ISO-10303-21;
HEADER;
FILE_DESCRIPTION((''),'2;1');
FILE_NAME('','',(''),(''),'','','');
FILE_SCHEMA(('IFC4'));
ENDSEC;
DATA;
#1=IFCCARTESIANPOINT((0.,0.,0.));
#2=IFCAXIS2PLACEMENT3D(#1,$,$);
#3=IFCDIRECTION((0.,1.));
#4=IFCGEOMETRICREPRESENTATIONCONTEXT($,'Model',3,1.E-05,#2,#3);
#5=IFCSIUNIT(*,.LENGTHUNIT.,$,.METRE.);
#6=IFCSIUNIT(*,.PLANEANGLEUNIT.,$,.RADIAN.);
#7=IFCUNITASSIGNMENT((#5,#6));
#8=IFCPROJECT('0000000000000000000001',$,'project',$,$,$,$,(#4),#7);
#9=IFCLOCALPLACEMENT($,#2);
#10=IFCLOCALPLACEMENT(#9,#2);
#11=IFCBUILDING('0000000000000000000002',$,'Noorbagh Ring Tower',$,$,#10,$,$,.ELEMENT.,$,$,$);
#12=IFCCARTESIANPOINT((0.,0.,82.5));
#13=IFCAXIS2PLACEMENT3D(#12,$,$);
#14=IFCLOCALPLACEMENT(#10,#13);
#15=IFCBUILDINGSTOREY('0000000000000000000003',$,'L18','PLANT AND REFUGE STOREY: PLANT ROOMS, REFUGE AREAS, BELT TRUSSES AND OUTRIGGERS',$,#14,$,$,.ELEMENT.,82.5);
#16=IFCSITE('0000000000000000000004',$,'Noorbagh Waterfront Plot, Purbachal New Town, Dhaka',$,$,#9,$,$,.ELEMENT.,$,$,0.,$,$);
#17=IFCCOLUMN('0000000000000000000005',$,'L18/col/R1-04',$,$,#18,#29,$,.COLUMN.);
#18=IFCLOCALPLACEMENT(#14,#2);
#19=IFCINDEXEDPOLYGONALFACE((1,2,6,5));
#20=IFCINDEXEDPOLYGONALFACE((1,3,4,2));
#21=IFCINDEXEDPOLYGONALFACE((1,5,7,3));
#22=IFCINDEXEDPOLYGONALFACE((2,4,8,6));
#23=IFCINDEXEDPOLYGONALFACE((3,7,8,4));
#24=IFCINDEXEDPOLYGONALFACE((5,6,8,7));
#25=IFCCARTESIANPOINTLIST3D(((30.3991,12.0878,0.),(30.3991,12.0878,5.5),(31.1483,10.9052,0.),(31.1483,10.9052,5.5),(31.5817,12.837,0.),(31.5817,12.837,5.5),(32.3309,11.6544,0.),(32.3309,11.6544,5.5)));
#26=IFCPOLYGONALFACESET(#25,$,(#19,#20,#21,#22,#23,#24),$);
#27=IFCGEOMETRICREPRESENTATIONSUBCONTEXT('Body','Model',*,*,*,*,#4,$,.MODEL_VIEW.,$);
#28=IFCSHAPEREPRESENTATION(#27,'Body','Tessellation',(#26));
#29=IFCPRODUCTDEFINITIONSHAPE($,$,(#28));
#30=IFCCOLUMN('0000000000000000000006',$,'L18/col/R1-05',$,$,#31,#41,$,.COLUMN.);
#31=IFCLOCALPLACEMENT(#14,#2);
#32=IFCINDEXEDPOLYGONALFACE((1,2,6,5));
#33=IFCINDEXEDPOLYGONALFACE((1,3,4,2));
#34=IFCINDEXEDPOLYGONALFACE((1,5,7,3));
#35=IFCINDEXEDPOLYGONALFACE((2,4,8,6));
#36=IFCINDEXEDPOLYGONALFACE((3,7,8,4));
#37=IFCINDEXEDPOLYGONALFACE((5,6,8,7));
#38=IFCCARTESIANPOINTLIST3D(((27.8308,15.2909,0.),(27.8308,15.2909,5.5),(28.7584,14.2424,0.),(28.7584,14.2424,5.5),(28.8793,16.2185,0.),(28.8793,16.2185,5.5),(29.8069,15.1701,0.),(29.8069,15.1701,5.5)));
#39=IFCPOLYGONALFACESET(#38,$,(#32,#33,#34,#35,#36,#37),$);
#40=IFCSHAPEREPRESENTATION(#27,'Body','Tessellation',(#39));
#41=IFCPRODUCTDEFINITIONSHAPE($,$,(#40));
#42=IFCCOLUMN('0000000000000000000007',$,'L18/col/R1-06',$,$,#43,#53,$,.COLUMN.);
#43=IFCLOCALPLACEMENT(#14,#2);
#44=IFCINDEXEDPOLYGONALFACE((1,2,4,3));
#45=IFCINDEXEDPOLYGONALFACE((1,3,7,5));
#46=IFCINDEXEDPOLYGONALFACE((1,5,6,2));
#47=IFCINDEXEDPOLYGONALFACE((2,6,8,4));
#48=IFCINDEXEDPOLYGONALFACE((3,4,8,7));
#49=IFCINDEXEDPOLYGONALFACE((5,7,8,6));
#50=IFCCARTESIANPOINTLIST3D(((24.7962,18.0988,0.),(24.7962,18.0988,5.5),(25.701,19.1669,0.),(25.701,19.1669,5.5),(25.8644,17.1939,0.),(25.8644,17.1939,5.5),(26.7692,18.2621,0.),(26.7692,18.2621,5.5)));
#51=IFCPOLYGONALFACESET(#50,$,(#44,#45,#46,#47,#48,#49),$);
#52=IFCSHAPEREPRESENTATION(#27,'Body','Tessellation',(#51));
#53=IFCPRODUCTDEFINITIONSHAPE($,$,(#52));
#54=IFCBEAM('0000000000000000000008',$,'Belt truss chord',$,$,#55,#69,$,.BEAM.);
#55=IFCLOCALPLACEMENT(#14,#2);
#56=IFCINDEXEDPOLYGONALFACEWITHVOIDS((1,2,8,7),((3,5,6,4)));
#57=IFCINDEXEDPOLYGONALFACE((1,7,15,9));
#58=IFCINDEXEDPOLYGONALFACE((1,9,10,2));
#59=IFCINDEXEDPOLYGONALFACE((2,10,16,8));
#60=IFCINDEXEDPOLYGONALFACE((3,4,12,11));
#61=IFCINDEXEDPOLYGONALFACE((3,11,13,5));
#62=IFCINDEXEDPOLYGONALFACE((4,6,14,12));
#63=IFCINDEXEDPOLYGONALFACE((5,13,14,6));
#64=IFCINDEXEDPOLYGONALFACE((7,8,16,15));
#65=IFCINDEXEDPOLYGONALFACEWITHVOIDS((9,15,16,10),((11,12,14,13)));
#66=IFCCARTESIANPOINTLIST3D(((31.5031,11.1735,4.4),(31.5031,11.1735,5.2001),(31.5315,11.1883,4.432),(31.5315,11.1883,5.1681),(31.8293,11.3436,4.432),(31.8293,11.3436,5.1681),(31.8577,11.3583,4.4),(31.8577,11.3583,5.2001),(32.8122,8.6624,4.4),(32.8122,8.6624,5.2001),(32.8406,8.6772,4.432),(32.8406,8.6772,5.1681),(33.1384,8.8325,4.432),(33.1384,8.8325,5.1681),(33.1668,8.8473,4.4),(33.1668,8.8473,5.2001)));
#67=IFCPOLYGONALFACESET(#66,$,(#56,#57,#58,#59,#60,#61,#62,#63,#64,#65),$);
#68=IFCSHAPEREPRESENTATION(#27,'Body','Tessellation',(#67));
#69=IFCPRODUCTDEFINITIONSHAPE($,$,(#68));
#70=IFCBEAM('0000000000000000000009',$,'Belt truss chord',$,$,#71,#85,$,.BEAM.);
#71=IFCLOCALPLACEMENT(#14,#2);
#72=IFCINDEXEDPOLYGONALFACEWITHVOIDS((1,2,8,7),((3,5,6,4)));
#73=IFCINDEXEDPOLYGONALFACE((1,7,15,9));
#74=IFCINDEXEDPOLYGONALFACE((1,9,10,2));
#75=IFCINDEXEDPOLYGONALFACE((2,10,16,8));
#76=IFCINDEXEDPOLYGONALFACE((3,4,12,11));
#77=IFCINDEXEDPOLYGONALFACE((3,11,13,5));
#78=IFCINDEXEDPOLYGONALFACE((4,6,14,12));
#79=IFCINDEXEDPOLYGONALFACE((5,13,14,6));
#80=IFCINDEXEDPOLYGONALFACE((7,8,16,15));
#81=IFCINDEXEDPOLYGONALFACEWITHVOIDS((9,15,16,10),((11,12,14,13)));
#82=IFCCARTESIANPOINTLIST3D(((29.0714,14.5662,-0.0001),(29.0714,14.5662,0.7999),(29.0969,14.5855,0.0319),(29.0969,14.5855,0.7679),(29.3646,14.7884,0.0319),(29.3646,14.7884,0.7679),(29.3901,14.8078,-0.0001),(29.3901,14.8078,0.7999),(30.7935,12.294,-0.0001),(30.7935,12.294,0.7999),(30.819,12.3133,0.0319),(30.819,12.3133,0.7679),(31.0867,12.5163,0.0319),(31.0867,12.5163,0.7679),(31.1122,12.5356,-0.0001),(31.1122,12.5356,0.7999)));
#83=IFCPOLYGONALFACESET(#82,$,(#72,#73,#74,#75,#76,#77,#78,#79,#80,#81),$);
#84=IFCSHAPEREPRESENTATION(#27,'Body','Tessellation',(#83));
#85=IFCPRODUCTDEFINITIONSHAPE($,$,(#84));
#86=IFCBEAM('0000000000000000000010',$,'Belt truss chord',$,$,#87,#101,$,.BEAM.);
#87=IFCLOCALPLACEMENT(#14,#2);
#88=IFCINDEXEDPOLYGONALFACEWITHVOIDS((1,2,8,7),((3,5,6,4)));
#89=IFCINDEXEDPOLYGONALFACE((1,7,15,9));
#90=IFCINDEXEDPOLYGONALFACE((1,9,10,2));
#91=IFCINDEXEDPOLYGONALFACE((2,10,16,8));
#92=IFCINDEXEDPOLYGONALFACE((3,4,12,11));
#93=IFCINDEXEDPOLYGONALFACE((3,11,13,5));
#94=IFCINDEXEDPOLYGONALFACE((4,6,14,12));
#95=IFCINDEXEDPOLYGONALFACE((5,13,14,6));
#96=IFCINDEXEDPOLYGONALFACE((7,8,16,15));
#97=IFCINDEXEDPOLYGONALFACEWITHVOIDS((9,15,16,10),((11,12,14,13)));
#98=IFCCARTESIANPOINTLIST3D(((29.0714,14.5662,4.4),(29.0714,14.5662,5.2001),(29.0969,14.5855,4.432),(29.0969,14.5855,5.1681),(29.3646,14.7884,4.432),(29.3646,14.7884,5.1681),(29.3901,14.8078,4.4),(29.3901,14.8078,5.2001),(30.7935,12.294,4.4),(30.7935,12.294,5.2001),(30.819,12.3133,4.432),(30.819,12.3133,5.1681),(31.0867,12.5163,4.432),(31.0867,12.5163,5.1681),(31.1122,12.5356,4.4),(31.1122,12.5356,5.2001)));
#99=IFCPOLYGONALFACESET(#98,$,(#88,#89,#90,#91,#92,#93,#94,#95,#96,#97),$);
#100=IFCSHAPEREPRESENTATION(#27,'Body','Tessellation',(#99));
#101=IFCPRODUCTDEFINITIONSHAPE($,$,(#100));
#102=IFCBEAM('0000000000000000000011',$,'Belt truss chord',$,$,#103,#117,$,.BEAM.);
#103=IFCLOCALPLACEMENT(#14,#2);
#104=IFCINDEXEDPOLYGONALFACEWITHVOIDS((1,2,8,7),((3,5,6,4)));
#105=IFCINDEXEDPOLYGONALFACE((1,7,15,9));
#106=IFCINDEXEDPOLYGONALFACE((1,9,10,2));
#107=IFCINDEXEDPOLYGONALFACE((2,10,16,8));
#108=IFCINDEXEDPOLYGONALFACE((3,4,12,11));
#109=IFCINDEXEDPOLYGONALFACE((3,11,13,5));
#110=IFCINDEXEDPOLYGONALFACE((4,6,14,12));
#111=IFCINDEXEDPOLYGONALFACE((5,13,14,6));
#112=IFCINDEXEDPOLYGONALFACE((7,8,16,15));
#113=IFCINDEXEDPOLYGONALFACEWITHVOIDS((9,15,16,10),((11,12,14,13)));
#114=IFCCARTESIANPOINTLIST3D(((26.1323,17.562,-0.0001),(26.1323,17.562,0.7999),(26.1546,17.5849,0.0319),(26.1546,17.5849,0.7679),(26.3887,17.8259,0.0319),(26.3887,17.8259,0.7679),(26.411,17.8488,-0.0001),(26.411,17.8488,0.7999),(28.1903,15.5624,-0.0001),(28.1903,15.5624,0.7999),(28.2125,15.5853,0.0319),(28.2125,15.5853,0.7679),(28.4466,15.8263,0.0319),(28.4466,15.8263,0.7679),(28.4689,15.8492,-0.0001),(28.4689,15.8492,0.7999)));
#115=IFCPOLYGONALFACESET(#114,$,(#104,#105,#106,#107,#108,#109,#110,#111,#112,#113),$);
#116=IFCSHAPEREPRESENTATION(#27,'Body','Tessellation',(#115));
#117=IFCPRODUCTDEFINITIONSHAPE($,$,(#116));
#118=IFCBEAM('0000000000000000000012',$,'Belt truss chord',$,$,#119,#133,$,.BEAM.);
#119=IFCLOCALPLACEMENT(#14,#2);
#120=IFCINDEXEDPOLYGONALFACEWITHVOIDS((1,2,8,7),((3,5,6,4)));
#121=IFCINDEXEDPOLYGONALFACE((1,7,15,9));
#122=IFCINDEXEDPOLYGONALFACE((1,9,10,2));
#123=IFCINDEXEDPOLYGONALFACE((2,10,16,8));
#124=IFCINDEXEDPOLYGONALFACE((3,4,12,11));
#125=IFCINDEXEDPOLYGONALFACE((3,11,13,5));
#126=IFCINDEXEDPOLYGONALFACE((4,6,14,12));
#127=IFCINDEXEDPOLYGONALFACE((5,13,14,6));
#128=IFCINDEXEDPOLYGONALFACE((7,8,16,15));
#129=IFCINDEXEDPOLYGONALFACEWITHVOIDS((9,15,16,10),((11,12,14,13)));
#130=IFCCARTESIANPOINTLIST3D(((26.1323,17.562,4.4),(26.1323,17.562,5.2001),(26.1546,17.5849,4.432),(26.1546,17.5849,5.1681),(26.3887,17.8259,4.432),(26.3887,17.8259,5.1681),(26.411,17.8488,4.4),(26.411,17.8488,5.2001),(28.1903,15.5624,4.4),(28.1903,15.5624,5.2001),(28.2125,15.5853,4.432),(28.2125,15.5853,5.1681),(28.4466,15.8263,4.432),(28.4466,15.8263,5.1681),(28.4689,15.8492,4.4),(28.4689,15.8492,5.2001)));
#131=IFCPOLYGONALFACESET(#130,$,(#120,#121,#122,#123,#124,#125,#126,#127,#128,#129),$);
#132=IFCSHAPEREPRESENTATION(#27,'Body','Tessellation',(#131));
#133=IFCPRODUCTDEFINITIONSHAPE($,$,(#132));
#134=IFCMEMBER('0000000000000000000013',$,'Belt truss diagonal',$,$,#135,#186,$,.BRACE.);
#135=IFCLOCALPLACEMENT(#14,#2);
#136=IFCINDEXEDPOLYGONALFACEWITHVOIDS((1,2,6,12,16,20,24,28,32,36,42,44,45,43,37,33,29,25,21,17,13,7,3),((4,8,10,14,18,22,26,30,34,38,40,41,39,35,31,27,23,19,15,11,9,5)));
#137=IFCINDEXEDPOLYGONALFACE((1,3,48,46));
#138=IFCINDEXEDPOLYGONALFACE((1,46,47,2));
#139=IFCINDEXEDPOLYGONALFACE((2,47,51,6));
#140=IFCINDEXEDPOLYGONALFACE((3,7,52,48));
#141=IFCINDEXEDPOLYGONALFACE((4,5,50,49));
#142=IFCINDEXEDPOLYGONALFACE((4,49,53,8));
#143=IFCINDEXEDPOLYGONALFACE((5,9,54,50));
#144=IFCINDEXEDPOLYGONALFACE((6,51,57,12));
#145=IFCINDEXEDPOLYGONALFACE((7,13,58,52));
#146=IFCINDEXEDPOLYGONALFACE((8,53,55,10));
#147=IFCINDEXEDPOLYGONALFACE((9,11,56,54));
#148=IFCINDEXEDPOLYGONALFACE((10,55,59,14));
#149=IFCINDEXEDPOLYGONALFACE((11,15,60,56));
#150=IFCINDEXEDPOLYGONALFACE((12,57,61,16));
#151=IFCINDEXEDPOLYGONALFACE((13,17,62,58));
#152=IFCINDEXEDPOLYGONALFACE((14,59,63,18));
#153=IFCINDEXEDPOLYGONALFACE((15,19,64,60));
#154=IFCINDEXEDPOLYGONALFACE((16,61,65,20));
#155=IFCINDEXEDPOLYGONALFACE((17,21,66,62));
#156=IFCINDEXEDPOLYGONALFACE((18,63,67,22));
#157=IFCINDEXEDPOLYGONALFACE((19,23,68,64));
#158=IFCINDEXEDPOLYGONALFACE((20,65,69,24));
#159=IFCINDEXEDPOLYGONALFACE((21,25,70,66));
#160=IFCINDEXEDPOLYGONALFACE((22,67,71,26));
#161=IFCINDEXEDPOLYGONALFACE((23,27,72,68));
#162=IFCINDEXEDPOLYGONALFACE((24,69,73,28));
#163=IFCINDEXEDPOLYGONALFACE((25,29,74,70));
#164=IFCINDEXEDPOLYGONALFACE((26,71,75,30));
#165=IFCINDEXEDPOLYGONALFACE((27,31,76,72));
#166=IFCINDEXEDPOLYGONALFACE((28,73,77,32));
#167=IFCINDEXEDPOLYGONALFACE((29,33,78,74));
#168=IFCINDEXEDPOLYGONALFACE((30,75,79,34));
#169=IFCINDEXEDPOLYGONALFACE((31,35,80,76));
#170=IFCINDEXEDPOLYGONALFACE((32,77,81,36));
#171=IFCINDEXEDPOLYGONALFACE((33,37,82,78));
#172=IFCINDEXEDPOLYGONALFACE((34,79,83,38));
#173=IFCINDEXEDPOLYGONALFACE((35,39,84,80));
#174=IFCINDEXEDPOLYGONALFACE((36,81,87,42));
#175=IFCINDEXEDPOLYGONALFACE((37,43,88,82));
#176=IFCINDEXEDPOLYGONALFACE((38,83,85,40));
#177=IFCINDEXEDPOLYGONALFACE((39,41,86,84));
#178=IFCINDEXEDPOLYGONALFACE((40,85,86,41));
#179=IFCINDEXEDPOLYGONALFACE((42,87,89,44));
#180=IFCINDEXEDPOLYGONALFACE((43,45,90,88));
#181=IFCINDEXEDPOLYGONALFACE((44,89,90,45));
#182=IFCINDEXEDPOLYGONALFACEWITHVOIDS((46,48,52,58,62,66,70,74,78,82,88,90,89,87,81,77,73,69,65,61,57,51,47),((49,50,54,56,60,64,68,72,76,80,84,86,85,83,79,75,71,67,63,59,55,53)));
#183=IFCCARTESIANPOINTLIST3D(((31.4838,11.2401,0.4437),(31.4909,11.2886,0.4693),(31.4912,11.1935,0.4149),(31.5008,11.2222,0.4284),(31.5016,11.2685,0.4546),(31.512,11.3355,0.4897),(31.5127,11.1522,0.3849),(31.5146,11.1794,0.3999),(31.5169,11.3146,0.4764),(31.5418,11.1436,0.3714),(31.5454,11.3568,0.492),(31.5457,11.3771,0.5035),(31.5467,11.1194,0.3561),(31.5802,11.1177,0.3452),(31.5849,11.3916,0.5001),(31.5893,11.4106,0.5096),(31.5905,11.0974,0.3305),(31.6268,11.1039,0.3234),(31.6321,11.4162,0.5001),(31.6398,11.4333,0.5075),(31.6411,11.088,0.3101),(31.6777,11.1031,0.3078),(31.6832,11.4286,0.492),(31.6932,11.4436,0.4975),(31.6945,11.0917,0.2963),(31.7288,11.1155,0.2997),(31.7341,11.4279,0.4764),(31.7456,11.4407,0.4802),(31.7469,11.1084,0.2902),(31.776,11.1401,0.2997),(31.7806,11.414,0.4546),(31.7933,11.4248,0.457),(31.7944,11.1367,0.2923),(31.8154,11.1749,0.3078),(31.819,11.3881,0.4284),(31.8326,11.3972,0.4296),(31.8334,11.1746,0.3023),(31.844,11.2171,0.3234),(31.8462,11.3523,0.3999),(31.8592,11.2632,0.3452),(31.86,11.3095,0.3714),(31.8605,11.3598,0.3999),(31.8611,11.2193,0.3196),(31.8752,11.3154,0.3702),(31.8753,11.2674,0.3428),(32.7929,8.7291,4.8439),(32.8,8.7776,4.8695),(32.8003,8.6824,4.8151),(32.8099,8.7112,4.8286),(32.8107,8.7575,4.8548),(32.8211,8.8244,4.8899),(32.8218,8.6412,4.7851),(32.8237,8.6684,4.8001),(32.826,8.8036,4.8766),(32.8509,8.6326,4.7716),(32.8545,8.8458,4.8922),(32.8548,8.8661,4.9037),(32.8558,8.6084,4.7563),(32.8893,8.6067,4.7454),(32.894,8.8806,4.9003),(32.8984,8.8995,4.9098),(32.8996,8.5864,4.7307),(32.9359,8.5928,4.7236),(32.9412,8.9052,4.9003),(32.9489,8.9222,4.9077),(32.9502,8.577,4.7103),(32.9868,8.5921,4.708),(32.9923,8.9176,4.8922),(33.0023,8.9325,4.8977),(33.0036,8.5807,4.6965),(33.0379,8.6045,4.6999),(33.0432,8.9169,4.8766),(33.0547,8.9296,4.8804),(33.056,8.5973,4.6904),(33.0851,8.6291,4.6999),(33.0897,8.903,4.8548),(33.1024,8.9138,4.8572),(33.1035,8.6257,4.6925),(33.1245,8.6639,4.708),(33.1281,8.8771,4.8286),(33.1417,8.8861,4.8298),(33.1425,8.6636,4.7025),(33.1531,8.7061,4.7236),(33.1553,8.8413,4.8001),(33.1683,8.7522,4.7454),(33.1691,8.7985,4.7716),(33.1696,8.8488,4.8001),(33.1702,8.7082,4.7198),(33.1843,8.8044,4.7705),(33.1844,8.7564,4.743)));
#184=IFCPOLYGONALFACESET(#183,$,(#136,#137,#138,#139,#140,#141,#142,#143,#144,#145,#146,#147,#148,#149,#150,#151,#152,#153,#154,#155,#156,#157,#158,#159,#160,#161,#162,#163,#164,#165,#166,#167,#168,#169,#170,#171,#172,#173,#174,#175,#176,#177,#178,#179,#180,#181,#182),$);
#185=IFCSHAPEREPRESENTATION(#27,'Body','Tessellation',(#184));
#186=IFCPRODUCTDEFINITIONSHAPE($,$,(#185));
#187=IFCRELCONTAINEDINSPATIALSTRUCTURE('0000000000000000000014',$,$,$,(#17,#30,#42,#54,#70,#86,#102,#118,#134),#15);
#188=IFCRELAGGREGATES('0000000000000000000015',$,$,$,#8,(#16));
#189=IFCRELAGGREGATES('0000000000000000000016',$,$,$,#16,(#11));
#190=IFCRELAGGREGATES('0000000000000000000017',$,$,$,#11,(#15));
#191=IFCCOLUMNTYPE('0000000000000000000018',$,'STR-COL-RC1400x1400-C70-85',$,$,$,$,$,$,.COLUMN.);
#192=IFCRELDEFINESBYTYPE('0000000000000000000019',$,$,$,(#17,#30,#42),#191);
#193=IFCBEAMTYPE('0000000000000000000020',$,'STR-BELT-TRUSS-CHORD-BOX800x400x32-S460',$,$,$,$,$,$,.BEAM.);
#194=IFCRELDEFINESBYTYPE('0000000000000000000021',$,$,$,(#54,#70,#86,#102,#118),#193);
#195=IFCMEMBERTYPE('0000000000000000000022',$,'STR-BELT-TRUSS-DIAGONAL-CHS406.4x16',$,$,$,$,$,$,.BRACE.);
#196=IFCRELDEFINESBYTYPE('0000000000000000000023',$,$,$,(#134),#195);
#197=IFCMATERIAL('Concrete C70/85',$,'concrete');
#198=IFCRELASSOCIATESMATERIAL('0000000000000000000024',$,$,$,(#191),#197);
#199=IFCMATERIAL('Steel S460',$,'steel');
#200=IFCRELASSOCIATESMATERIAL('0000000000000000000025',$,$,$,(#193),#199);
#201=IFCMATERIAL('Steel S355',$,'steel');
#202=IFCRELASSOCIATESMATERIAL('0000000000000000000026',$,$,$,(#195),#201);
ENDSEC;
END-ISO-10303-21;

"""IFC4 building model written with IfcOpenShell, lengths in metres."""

from ifc_helpers import new_model, si_unit, direction, frame, origin, origin_2d, place, context, subcontext, project, spatial, rectangle, hollow_rectangle, hollow_circle, extrude, material, material_profile, profile_set, type_object, element, save


model = new_model("IFC4")

# Units and contexts
model_context = context("Model", 3, precision=1e-05, world=origin(), true_north=direction((0.0, 1.0)))
body_context = subcontext(model_context, "Body", "Model", "MODEL_VIEW")
ifc_project = project(units=[si_unit("LENGTHUNIT", "METRE"), si_unit("PLANEANGLEUNIT", "RADIAN")], contexts=[model_context])

# Site, building, storey
site_placement = place(None, origin())
site = spatial("IfcSite", under=ifc_project, at=site_placement, Name="Noorbagh Waterfront Plot, Purbachal New Town, Dhaka", CompositionType="ELEMENT", RefElevation=0.0)
building_placement = place(site_placement, origin())
building = spatial("IfcBuilding", under=site, at=building_placement, Name="Noorbagh Ring Tower", CompositionType="ELEMENT")
storey_placement = place(building_placement, frame((0.0, 0.0, 82.5)))
storey = spatial("IfcBuildingStorey", under=building, at=storey_placement, Name="L18", Description="PLANT AND REFUGE STOREY: PLANT ROOMS, REFUGE AREAS, BELT TRUSSES AND OUTRIGGERS", CompositionType="ELEMENT", Elevation=82.5)

# Columns
ifc_material_1 = material(Name="Concrete C70/85", Category="concrete")
ifc_material_profile_1 = material_profile(ifc_material_1, rectangle(XDim=1.3999, YDim=1.3999, at=origin_2d()), Name="RC1400x1400")
ifc_profile_set_1 = profile_set([ifc_material_profile_1], Name="Concrete C70/85")
column_type = type_object("IfcColumnType", Name="STR-COL-RC1400x1400-C70-85", PredefinedType="COLUMN", material=ifc_profile_set_1)
for number, where, z_axis, x_axis, name in (
    (1, (31.365, 11.8711, 0.0), (0.0, 0.0, 1.0), (-0.53519, 0.844731, 0.0), "L18/col/R1-04"),
    (2, (28.8188, 15.2305, 0.0), (0.0, 0.0, 1.0), (-0.662636, 0.748942, 0.0), "L18/col/R1-05"),
    (3, (25.7827, 18.1804, 0.0), (0.0, 0.0, 1.0), (-0.763035, 0.646357, 0.0), "L18/col/R1-06"),
):
    element("IfcColumn", number, at=place(storey_placement, frame(where, z_axis=z_axis, x_axis=x_axis)), inside=storey, type_object=column_type, Name=name, PredefinedType="COLUMN", context=body_context, shape_type="SweptSolid", body=[
        extrude(rectangle(XDim=1.3999, YDim=1.3999, at=origin_2d()), origin(), (0.0, 0.0, 1.0), 5.5),
    ])

# Beams
ifc_material_2 = material(Name="Steel S460", Category="steel")
ifc_material_profile_2 = material_profile(ifc_material_2, hollow_rectangle(XDim=0.3999, YDim=0.8, WallThickness=0.032, at=origin_2d()), Name="BOX800x400x32")
ifc_profile_set_2 = profile_set([ifc_material_profile_2], Name="Steel S460")
beam_type_1 = type_object("IfcBeamType", Name="STR-BELT-TRUSS-CHORD-BOX800x400x32-S460", PredefinedType="BEAM", material=ifc_profile_set_2)
beam_1_placement = place(storey_placement, frame((32.9895, 8.7549, 4.8), z_axis=(-0.462289, 0.886729, 0.0), x_axis=(-0.886729, -0.462289, 0.0)))
element("IfcBeam", 4, at=beam_1_placement, inside=storey, type_object=beam_type_1, Name="Belt truss chord", PredefinedType="BEAM", context=body_context, shape_type="SweptSolid", body=[
    extrude(hollow_rectangle(XDim=0.3999, YDim=0.8, WallThickness=0.032, at=origin_2d()), origin(), (0.0, 0.0, 1.0), 2.8318),
])
for number, where, z_axis, x_axis, name in (
    (5, (30.9529, 12.4148, 0.3999), (-0.604034, 0.796958, 0.0), (-0.796958, -0.604034, 0.0), "Belt truss chord"),
    (6, (30.9529, 12.4148, 4.8), (-0.604034, 0.796958, 0.0), (-0.796958, -0.604034, 0.0), "Belt truss chord"),
):
    element("IfcBeam", number, at=place(storey_placement, frame(where, z_axis=z_axis, x_axis=x_axis)), inside=storey, type_object=beam_type_1, Name=name, PredefinedType="BEAM", context=body_context, shape_type="SweptSolid", body=[
        extrude(hollow_rectangle(XDim=0.3999, YDim=0.8, WallThickness=0.032, at=origin_2d()), origin(), (0.0, 0.0, 1.0), 2.8511),
    ])
for number, where, z_axis, x_axis, name in (
    (7, (28.3296, 15.7058, 0.3999), (-0.717202, 0.696866, 0.0), (-0.696866, -0.717202, 0.0), "Belt truss chord"),
    (8, (28.3296, 15.7058, 4.8), (-0.717202, 0.696866, 0.0), (-0.696866, -0.717202, 0.0), "Belt truss chord"),
):
    element("IfcBeam", number, at=place(storey_placement, frame(where, z_axis=z_axis, x_axis=x_axis)), inside=storey, type_object=beam_type_1, Name=name, PredefinedType="BEAM", context=body_context, shape_type="SweptSolid", body=[
        extrude(hollow_rectangle(XDim=0.3999, YDim=0.8, WallThickness=0.032, at=origin_2d()), origin(), (0.0, 0.0, 1.0), 2.8694),
    ])

# Member
ifc_material_3 = material(Name="Steel S355", Category="steel")
ifc_material_profile_3 = material_profile(ifc_material_3, hollow_circle(Radius=0.2031, WallThickness=0.0161, at=origin_2d()), Name="CHS406.4x16")
ifc_profile_set_3 = profile_set([ifc_material_profile_3], Name="Steel S355")
member_type = type_object("IfcMemberType", Name="STR-BELT-TRUSS-DIAGONAL-CHS406.4x16", PredefinedType="BRACE", material=ifc_profile_set_3)
member_1_placement = place(storey_placement, frame((31.6804, 11.2659, 0.3999), z_axis=(0.250178, -0.479874, 0.840911), x_axis=(0.886729, 0.462289, 0.0)))
element("IfcMember", 9, at=member_1_placement, inside=storey, type_object=member_type, Name="Belt truss diagonal", PredefinedType="BRACE", context=body_context, shape_type="SweptSolid", body=[
    extrude(hollow_circle(Radius=0.2031, WallThickness=0.0161, at=origin_2d()), origin(), (0.0, 0.0, 1.0), 5.2327),
])

save(model, "model.ifc")
